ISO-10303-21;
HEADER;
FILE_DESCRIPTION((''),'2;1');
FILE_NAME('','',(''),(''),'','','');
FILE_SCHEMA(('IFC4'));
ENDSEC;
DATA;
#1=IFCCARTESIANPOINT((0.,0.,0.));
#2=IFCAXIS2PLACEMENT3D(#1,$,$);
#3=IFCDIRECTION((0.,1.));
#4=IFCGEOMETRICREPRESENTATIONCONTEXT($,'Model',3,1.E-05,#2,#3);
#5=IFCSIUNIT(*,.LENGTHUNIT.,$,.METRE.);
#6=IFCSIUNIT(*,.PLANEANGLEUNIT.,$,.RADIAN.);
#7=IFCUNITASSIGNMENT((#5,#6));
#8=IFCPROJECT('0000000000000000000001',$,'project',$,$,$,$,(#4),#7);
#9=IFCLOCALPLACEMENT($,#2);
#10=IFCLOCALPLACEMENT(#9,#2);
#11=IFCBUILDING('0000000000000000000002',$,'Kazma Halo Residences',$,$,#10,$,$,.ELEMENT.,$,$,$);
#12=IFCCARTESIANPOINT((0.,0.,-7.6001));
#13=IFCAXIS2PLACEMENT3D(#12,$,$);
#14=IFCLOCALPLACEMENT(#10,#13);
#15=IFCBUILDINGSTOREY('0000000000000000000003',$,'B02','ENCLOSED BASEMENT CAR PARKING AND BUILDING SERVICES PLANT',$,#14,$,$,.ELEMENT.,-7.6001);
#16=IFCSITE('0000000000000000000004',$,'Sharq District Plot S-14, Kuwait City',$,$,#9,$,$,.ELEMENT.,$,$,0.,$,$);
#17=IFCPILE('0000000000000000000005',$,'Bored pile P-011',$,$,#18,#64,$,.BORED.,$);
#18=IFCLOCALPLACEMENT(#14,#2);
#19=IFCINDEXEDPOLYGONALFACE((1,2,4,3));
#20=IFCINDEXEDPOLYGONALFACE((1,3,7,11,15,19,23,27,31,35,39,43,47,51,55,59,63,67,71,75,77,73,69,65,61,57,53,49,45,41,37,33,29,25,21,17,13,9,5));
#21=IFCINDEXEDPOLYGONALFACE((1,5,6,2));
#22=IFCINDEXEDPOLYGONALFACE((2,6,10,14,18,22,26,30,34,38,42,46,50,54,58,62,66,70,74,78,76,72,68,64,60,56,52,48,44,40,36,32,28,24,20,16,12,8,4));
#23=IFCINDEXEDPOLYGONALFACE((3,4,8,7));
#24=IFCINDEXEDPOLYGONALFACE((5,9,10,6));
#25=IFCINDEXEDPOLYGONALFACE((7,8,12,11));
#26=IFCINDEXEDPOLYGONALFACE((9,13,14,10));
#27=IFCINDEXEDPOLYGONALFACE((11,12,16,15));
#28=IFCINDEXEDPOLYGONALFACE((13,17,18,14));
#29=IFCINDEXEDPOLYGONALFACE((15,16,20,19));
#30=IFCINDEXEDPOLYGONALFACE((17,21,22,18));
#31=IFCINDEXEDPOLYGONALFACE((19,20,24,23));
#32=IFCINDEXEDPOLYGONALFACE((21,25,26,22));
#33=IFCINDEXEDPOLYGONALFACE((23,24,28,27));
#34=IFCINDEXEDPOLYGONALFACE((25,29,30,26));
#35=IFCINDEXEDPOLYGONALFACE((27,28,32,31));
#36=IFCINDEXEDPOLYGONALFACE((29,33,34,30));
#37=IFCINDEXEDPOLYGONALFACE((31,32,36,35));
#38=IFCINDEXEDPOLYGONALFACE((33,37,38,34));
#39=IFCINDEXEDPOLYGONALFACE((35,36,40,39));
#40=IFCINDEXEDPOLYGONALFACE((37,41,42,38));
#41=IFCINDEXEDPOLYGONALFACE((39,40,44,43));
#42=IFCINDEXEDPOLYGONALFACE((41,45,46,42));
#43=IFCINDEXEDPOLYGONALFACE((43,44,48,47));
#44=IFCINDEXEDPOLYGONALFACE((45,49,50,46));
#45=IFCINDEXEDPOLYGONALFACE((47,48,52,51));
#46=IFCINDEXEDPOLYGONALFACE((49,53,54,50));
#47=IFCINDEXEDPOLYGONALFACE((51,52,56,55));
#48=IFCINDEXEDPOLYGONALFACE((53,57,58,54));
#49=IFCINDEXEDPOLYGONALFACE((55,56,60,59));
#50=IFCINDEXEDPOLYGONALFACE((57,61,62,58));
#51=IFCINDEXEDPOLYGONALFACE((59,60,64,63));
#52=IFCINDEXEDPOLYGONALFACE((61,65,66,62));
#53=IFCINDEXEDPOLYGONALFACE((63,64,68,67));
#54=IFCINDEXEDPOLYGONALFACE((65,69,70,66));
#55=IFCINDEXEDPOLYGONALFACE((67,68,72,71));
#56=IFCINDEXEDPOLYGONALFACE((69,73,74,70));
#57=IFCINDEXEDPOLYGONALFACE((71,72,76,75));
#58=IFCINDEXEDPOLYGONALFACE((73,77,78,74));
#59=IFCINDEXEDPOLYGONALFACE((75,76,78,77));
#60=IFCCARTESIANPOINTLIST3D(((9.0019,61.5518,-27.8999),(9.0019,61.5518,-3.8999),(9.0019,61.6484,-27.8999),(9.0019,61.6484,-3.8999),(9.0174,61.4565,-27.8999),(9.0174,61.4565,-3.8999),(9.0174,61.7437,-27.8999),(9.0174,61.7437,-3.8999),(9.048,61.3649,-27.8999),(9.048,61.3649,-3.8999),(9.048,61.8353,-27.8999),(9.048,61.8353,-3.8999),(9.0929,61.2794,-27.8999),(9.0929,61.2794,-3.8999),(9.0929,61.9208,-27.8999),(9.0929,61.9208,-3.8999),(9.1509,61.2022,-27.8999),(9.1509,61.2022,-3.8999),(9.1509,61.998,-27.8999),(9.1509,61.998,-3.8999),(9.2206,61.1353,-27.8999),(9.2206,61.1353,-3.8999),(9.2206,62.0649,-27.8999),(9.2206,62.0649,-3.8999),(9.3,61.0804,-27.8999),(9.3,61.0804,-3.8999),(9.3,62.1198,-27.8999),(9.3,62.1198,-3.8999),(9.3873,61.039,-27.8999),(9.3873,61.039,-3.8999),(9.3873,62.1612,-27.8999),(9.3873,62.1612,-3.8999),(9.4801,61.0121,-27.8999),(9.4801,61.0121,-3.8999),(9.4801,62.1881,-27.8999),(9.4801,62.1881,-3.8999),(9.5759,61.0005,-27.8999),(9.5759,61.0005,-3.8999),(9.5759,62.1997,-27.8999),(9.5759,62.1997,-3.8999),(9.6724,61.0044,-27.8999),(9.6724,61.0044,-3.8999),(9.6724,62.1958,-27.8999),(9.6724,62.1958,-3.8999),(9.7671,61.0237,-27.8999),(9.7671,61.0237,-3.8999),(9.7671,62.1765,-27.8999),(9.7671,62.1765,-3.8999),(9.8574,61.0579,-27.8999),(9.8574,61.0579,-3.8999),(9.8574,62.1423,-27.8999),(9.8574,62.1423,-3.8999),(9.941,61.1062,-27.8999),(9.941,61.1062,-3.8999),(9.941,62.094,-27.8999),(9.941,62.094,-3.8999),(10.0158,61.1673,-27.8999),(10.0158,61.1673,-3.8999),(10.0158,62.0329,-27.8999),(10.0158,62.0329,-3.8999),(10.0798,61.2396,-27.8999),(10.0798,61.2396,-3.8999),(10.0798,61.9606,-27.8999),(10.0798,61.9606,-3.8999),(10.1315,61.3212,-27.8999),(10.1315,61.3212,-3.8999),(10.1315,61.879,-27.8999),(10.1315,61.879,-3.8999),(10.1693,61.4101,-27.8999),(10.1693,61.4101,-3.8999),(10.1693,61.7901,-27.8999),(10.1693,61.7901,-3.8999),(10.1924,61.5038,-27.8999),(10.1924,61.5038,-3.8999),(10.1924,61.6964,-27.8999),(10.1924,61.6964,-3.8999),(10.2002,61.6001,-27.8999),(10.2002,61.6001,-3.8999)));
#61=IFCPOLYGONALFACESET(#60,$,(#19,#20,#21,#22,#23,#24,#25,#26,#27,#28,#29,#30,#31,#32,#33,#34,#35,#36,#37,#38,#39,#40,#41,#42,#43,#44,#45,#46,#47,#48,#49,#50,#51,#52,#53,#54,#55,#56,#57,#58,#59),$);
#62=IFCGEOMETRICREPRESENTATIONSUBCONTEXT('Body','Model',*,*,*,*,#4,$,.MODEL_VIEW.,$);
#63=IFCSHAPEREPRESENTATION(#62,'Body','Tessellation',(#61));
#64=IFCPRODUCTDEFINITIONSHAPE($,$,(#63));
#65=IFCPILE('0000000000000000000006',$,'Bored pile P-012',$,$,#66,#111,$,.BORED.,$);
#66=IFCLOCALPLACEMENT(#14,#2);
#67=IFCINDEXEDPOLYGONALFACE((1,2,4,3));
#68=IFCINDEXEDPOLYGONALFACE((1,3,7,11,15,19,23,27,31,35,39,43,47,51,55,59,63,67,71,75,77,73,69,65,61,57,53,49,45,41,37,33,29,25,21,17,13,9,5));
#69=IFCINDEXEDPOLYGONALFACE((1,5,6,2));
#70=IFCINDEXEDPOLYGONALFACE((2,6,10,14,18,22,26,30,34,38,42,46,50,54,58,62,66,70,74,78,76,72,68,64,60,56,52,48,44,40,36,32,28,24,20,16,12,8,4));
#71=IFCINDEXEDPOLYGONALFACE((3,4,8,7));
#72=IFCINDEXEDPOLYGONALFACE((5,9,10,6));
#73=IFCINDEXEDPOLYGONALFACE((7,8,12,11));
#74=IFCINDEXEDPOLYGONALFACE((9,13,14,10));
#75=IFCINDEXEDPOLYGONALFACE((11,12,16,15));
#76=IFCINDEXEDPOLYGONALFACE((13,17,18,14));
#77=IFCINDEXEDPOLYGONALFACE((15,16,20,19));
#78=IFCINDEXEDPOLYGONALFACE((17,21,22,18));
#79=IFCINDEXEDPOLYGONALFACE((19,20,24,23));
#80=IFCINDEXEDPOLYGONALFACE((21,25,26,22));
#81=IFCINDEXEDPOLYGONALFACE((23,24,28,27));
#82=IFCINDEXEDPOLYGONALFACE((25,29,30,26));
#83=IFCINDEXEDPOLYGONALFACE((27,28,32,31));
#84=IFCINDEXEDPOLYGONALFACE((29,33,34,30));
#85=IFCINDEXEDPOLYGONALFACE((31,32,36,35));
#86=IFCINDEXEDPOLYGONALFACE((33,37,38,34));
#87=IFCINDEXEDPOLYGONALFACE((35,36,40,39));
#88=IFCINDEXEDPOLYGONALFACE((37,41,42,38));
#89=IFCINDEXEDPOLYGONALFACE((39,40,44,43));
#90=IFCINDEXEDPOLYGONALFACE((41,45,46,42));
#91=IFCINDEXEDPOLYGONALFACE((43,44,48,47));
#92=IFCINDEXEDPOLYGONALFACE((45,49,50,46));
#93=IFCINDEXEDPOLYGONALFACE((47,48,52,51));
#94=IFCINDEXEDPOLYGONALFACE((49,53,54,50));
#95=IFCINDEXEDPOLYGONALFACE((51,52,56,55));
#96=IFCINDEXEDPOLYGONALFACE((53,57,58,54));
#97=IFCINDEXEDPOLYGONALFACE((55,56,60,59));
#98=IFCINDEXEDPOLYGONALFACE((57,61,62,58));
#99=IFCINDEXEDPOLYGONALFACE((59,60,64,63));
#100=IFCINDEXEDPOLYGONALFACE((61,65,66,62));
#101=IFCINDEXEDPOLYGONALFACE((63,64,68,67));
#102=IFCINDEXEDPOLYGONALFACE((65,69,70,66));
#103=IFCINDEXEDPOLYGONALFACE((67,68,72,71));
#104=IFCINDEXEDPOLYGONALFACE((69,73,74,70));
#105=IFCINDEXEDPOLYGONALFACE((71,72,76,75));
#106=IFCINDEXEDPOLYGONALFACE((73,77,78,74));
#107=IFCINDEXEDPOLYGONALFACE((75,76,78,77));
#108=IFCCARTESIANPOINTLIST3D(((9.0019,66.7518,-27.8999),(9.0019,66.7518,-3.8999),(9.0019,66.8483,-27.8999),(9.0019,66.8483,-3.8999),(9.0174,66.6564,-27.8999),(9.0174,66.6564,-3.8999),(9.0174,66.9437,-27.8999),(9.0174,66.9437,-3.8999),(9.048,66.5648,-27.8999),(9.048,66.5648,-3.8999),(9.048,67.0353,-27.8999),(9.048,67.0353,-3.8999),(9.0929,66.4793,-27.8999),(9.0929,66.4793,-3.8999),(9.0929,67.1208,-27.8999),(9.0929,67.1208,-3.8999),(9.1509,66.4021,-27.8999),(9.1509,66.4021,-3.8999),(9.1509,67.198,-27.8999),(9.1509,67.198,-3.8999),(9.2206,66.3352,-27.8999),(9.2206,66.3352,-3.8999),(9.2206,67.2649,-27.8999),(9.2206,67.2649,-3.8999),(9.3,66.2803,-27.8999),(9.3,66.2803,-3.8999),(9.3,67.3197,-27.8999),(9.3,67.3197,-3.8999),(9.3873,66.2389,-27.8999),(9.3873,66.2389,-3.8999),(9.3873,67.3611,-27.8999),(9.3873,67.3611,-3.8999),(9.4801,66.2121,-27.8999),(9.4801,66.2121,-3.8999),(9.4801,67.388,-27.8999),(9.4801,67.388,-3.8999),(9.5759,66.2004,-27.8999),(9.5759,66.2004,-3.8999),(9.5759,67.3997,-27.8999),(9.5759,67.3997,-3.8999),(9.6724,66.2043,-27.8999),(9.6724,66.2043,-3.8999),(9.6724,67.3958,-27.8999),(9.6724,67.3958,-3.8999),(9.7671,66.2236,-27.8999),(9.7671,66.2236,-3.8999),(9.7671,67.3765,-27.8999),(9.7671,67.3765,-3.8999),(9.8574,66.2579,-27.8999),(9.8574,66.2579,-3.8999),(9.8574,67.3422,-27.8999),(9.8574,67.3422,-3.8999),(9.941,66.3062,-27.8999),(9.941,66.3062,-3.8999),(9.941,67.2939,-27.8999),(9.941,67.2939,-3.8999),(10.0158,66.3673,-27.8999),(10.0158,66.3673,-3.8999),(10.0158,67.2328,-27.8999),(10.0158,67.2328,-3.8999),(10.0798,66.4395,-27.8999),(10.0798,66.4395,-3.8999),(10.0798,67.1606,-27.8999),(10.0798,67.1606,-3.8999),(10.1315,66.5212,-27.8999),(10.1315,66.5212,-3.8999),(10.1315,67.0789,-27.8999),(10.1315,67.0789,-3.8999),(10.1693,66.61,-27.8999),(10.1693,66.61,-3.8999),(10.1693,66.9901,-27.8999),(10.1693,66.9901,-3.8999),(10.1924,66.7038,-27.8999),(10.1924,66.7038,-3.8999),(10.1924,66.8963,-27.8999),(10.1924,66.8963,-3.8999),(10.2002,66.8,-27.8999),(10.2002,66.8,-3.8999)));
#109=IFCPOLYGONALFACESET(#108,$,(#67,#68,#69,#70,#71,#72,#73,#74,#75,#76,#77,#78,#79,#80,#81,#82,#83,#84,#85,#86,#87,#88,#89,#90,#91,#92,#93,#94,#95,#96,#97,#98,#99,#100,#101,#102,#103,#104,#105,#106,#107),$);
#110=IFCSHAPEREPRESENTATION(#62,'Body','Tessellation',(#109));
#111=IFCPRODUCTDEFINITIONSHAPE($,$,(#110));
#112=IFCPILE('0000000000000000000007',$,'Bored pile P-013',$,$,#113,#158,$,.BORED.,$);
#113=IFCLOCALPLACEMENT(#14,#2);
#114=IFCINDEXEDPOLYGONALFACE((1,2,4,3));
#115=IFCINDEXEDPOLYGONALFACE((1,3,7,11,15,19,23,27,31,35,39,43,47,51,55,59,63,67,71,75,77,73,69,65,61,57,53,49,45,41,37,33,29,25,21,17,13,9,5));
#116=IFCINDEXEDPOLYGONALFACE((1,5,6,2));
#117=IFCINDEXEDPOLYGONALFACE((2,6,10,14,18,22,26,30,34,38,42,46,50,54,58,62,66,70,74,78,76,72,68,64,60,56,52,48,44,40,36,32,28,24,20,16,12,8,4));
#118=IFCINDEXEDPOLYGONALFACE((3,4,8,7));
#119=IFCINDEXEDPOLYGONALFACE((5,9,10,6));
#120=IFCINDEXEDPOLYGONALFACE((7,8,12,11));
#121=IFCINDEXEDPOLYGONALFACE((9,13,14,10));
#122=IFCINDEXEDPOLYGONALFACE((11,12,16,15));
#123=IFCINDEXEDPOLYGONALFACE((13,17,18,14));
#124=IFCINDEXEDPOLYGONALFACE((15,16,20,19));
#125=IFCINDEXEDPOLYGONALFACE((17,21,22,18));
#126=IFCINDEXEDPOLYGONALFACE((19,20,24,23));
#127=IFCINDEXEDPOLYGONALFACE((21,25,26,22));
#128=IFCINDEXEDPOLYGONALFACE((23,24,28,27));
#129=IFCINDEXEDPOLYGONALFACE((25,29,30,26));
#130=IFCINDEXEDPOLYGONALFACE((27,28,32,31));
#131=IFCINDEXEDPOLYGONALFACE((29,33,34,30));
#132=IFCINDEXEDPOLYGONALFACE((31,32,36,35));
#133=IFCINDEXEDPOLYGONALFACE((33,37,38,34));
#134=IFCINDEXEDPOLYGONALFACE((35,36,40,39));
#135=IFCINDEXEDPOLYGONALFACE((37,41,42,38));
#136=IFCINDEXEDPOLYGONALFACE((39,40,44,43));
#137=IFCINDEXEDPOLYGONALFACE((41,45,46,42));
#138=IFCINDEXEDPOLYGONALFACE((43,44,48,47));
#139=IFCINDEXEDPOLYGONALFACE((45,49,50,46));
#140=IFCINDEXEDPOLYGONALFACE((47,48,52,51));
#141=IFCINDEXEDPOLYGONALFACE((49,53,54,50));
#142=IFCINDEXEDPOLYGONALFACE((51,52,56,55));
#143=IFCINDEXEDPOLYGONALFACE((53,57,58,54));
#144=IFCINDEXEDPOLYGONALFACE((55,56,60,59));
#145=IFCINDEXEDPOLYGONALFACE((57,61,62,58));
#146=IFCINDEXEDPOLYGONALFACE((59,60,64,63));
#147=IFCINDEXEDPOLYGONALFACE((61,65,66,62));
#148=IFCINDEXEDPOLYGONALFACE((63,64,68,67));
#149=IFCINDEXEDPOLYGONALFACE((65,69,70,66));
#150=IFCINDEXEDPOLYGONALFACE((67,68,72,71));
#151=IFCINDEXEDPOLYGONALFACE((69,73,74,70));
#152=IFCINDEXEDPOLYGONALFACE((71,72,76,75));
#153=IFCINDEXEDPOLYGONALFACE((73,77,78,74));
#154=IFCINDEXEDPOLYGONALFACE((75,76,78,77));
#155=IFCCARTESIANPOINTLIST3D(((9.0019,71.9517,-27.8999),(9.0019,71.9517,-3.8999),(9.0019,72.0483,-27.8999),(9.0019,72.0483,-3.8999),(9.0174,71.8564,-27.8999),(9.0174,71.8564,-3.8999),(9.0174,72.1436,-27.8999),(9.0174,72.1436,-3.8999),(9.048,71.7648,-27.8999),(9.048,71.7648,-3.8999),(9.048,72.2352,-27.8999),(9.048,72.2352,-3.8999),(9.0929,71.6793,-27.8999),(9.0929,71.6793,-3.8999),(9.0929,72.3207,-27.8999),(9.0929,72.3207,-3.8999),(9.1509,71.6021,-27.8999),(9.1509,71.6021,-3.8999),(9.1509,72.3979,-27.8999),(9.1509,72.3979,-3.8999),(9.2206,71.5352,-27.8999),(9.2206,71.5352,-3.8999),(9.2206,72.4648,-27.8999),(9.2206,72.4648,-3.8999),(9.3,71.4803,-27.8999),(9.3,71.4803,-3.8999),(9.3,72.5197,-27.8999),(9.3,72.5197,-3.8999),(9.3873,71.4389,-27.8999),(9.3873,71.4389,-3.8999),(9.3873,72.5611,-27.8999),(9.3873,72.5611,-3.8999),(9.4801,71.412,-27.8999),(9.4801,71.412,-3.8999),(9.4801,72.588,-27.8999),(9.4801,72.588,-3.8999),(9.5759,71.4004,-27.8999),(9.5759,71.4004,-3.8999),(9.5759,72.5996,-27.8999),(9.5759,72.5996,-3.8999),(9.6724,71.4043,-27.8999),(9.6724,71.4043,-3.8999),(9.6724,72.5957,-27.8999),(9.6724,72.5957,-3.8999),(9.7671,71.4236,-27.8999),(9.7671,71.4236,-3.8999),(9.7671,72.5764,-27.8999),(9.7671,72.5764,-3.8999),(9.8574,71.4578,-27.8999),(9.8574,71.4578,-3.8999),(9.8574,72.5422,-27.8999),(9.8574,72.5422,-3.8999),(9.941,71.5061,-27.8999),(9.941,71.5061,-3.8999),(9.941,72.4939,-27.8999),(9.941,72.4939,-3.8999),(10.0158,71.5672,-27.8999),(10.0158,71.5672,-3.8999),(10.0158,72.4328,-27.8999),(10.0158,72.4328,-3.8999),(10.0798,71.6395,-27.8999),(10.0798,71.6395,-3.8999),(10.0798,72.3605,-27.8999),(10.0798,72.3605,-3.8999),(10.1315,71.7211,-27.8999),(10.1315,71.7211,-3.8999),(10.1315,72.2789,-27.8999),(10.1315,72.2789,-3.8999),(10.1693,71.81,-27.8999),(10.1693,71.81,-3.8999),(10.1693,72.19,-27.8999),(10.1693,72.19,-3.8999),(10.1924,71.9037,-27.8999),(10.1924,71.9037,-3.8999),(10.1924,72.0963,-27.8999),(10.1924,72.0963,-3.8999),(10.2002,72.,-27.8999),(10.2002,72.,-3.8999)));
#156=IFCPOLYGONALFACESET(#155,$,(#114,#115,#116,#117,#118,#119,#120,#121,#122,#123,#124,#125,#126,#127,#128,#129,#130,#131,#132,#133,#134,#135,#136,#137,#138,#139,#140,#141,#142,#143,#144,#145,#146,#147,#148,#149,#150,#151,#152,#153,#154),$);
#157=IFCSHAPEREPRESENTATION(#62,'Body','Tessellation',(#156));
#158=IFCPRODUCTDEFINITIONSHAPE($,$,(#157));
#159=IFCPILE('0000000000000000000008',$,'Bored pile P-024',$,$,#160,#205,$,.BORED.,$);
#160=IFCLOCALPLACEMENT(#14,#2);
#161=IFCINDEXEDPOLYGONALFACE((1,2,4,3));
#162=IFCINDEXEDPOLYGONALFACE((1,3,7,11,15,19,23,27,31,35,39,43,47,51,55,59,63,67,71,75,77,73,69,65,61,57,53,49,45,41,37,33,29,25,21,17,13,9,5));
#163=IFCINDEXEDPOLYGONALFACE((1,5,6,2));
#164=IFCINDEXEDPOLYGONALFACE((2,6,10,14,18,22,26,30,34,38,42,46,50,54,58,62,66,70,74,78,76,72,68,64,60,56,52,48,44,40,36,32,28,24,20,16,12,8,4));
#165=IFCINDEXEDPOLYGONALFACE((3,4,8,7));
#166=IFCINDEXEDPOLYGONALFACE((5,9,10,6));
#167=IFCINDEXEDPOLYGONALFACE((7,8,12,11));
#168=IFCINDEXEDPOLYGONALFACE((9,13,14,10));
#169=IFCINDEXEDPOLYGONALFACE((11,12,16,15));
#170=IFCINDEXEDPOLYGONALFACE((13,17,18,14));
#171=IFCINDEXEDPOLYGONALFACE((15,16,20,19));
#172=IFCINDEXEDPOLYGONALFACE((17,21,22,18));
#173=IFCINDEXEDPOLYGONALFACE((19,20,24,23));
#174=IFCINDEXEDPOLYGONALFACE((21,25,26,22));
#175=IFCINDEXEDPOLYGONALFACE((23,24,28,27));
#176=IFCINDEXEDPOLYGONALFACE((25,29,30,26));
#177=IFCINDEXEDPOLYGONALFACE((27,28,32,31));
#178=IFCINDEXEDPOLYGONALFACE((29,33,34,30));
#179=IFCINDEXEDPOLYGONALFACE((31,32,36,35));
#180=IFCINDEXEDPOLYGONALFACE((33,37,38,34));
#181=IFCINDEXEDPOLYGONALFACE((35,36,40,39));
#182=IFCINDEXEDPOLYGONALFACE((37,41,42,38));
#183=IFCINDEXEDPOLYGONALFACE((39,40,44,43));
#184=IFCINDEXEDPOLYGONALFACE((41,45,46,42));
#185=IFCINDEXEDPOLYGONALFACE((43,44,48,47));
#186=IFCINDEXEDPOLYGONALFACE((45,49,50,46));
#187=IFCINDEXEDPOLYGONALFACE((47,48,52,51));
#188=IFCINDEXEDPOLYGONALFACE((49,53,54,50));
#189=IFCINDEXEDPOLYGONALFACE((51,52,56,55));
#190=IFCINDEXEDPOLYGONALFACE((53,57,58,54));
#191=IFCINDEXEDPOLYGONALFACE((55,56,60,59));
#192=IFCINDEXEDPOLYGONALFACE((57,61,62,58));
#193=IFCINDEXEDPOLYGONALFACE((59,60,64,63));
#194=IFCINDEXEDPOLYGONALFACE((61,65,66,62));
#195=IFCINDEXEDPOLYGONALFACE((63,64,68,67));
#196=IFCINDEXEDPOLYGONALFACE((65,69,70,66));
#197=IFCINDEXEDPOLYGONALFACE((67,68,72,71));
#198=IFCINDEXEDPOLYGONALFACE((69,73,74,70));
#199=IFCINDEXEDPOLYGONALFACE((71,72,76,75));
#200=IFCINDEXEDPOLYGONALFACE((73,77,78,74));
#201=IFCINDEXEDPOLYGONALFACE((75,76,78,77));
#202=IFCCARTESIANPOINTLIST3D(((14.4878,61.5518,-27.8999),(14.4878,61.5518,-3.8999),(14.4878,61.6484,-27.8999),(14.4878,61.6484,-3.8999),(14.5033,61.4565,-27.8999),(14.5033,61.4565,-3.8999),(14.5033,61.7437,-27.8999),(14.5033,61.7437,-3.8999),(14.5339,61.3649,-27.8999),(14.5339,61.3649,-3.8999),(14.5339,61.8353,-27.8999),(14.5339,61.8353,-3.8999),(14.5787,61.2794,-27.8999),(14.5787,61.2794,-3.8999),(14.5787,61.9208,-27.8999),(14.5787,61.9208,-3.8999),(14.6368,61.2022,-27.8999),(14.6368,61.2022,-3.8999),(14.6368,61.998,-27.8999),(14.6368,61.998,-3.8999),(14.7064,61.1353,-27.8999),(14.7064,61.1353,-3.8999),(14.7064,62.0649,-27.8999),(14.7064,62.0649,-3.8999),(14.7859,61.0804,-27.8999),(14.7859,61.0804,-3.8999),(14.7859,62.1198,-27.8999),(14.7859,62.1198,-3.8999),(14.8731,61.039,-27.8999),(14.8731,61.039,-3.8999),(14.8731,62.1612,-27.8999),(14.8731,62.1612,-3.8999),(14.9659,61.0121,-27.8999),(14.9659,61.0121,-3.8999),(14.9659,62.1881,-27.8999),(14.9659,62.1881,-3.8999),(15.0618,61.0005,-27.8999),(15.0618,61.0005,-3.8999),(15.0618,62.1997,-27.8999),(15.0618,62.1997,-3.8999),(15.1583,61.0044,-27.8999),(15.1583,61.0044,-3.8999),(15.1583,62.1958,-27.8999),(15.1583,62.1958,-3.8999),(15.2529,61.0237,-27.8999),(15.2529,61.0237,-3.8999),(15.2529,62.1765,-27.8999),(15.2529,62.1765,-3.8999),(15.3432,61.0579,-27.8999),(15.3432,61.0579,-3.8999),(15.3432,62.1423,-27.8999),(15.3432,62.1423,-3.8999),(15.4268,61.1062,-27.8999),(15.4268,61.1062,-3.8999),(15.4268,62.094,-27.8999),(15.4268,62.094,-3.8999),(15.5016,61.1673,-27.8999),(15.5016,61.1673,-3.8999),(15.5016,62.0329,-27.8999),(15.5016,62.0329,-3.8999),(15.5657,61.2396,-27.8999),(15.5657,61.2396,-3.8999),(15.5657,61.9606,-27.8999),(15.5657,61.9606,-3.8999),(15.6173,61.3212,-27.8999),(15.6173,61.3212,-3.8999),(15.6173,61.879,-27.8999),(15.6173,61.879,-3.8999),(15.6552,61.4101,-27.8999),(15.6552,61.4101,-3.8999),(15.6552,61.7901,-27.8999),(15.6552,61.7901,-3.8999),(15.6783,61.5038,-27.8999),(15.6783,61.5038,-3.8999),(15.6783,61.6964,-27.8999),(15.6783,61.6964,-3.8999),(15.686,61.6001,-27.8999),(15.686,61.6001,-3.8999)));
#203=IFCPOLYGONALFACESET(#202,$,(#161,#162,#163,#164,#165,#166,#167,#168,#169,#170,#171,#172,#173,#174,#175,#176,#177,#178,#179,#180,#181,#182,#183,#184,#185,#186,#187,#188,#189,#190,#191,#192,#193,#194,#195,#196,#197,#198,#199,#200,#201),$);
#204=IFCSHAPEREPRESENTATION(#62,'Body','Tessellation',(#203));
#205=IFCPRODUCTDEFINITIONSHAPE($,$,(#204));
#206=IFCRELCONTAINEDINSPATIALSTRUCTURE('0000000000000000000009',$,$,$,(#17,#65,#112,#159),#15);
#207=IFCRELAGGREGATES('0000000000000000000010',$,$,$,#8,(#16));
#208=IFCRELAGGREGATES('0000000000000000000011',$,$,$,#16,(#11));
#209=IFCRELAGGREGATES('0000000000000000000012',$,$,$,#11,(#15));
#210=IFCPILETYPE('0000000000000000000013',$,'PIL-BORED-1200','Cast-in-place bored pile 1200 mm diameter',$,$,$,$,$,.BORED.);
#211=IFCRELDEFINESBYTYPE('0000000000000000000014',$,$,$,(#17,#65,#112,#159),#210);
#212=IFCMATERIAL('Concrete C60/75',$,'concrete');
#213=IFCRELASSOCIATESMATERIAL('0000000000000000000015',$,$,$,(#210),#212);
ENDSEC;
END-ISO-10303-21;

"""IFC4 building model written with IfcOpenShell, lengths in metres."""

from ifc_helpers import new_model, si_unit, direction, frame, origin, origin_2d, place, context, subcontext, project, spatial, circle, extrude, material, material_profile, profile_set, type_object, element, save


model = new_model("IFC4")

# Units and contexts
model_context = context("Model", 3, precision=1e-05, world=origin(), true_north=direction((0.0, 1.0)))
body_context = subcontext(model_context, "Body", "Model", "MODEL_VIEW")
ifc_project = project(units=[si_unit("LENGTHUNIT", "METRE"), si_unit("PLANEANGLEUNIT", "RADIAN")], contexts=[model_context])

# Site, building, storey
site_placement = place(None, origin())
site = spatial("IfcSite", under=ifc_project, at=site_placement, Name="Sharq District Plot S-14, Kuwait City", CompositionType="ELEMENT", RefElevation=0.0)
building_placement = place(site_placement, origin())
building = spatial("IfcBuilding", under=site, at=building_placement, Name="Kazma Halo Residences", CompositionType="ELEMENT")
storey_placement = place(building_placement, frame((0.0, 0.0, -7.6001)))
storey = spatial("IfcBuildingStorey", under=building, at=storey_placement, Name="B02", Description="ENCLOSED BASEMENT CAR PARKING AND BUILDING SERVICES PLANT", CompositionType="ELEMENT", Elevation=-7.6001)

# Piles
ifc_material_1 = material(Name="Concrete C60/75", Category="concrete")
ifc_material_profile_1 = material_profile(ifc_material_1, circle(Radius=0.6001, at=origin_2d()), Name="CIRC1200")
ifc_profile_set_1 = profile_set([ifc_material_profile_1], Name="Concrete C60/75")
pile_type = type_object("IfcPileType", Name="PIL-BORED-1200", Description="Cast-in-place bored pile 1200 mm diameter", PredefinedType="BORED", material=ifc_profile_set_1)
for number, where, z_axis, x_axis, name in (
    (1, (9.6001, 61.6001, -3.8999), (0.0, 0.0, -1.0), (1.0, 0.0, 0.0), "Bored pile P-011"),
    (2, (9.6001, 66.8, -3.8999), (0.0, 0.0, -1.0), (1.0, 0.0, 0.0), "Bored pile P-012"),
    (3, (9.6001, 72.0, -3.8999), (0.0, 0.0, -1.0), (1.0, 0.0, 0.0), "Bored pile P-013"),
    (4, (15.0859, 61.6001, -3.8999), (0.0, 0.0, -1.0), (1.0, 0.0, 0.0), "Bored pile P-024"),
):
    element("IfcPile", number, at=place(storey_placement, frame(where, z_axis=z_axis, x_axis=x_axis)), inside=storey, type_object=pile_type, Name=name, PredefinedType="BORED", context=body_context, shape_type="SweptSolid", body=[
        extrude(circle(Radius=0.6001, at=origin_2d()), origin(), (0.0, 0.0, 1.0), 24.0),
    ])

save(model, "model.ifc")
